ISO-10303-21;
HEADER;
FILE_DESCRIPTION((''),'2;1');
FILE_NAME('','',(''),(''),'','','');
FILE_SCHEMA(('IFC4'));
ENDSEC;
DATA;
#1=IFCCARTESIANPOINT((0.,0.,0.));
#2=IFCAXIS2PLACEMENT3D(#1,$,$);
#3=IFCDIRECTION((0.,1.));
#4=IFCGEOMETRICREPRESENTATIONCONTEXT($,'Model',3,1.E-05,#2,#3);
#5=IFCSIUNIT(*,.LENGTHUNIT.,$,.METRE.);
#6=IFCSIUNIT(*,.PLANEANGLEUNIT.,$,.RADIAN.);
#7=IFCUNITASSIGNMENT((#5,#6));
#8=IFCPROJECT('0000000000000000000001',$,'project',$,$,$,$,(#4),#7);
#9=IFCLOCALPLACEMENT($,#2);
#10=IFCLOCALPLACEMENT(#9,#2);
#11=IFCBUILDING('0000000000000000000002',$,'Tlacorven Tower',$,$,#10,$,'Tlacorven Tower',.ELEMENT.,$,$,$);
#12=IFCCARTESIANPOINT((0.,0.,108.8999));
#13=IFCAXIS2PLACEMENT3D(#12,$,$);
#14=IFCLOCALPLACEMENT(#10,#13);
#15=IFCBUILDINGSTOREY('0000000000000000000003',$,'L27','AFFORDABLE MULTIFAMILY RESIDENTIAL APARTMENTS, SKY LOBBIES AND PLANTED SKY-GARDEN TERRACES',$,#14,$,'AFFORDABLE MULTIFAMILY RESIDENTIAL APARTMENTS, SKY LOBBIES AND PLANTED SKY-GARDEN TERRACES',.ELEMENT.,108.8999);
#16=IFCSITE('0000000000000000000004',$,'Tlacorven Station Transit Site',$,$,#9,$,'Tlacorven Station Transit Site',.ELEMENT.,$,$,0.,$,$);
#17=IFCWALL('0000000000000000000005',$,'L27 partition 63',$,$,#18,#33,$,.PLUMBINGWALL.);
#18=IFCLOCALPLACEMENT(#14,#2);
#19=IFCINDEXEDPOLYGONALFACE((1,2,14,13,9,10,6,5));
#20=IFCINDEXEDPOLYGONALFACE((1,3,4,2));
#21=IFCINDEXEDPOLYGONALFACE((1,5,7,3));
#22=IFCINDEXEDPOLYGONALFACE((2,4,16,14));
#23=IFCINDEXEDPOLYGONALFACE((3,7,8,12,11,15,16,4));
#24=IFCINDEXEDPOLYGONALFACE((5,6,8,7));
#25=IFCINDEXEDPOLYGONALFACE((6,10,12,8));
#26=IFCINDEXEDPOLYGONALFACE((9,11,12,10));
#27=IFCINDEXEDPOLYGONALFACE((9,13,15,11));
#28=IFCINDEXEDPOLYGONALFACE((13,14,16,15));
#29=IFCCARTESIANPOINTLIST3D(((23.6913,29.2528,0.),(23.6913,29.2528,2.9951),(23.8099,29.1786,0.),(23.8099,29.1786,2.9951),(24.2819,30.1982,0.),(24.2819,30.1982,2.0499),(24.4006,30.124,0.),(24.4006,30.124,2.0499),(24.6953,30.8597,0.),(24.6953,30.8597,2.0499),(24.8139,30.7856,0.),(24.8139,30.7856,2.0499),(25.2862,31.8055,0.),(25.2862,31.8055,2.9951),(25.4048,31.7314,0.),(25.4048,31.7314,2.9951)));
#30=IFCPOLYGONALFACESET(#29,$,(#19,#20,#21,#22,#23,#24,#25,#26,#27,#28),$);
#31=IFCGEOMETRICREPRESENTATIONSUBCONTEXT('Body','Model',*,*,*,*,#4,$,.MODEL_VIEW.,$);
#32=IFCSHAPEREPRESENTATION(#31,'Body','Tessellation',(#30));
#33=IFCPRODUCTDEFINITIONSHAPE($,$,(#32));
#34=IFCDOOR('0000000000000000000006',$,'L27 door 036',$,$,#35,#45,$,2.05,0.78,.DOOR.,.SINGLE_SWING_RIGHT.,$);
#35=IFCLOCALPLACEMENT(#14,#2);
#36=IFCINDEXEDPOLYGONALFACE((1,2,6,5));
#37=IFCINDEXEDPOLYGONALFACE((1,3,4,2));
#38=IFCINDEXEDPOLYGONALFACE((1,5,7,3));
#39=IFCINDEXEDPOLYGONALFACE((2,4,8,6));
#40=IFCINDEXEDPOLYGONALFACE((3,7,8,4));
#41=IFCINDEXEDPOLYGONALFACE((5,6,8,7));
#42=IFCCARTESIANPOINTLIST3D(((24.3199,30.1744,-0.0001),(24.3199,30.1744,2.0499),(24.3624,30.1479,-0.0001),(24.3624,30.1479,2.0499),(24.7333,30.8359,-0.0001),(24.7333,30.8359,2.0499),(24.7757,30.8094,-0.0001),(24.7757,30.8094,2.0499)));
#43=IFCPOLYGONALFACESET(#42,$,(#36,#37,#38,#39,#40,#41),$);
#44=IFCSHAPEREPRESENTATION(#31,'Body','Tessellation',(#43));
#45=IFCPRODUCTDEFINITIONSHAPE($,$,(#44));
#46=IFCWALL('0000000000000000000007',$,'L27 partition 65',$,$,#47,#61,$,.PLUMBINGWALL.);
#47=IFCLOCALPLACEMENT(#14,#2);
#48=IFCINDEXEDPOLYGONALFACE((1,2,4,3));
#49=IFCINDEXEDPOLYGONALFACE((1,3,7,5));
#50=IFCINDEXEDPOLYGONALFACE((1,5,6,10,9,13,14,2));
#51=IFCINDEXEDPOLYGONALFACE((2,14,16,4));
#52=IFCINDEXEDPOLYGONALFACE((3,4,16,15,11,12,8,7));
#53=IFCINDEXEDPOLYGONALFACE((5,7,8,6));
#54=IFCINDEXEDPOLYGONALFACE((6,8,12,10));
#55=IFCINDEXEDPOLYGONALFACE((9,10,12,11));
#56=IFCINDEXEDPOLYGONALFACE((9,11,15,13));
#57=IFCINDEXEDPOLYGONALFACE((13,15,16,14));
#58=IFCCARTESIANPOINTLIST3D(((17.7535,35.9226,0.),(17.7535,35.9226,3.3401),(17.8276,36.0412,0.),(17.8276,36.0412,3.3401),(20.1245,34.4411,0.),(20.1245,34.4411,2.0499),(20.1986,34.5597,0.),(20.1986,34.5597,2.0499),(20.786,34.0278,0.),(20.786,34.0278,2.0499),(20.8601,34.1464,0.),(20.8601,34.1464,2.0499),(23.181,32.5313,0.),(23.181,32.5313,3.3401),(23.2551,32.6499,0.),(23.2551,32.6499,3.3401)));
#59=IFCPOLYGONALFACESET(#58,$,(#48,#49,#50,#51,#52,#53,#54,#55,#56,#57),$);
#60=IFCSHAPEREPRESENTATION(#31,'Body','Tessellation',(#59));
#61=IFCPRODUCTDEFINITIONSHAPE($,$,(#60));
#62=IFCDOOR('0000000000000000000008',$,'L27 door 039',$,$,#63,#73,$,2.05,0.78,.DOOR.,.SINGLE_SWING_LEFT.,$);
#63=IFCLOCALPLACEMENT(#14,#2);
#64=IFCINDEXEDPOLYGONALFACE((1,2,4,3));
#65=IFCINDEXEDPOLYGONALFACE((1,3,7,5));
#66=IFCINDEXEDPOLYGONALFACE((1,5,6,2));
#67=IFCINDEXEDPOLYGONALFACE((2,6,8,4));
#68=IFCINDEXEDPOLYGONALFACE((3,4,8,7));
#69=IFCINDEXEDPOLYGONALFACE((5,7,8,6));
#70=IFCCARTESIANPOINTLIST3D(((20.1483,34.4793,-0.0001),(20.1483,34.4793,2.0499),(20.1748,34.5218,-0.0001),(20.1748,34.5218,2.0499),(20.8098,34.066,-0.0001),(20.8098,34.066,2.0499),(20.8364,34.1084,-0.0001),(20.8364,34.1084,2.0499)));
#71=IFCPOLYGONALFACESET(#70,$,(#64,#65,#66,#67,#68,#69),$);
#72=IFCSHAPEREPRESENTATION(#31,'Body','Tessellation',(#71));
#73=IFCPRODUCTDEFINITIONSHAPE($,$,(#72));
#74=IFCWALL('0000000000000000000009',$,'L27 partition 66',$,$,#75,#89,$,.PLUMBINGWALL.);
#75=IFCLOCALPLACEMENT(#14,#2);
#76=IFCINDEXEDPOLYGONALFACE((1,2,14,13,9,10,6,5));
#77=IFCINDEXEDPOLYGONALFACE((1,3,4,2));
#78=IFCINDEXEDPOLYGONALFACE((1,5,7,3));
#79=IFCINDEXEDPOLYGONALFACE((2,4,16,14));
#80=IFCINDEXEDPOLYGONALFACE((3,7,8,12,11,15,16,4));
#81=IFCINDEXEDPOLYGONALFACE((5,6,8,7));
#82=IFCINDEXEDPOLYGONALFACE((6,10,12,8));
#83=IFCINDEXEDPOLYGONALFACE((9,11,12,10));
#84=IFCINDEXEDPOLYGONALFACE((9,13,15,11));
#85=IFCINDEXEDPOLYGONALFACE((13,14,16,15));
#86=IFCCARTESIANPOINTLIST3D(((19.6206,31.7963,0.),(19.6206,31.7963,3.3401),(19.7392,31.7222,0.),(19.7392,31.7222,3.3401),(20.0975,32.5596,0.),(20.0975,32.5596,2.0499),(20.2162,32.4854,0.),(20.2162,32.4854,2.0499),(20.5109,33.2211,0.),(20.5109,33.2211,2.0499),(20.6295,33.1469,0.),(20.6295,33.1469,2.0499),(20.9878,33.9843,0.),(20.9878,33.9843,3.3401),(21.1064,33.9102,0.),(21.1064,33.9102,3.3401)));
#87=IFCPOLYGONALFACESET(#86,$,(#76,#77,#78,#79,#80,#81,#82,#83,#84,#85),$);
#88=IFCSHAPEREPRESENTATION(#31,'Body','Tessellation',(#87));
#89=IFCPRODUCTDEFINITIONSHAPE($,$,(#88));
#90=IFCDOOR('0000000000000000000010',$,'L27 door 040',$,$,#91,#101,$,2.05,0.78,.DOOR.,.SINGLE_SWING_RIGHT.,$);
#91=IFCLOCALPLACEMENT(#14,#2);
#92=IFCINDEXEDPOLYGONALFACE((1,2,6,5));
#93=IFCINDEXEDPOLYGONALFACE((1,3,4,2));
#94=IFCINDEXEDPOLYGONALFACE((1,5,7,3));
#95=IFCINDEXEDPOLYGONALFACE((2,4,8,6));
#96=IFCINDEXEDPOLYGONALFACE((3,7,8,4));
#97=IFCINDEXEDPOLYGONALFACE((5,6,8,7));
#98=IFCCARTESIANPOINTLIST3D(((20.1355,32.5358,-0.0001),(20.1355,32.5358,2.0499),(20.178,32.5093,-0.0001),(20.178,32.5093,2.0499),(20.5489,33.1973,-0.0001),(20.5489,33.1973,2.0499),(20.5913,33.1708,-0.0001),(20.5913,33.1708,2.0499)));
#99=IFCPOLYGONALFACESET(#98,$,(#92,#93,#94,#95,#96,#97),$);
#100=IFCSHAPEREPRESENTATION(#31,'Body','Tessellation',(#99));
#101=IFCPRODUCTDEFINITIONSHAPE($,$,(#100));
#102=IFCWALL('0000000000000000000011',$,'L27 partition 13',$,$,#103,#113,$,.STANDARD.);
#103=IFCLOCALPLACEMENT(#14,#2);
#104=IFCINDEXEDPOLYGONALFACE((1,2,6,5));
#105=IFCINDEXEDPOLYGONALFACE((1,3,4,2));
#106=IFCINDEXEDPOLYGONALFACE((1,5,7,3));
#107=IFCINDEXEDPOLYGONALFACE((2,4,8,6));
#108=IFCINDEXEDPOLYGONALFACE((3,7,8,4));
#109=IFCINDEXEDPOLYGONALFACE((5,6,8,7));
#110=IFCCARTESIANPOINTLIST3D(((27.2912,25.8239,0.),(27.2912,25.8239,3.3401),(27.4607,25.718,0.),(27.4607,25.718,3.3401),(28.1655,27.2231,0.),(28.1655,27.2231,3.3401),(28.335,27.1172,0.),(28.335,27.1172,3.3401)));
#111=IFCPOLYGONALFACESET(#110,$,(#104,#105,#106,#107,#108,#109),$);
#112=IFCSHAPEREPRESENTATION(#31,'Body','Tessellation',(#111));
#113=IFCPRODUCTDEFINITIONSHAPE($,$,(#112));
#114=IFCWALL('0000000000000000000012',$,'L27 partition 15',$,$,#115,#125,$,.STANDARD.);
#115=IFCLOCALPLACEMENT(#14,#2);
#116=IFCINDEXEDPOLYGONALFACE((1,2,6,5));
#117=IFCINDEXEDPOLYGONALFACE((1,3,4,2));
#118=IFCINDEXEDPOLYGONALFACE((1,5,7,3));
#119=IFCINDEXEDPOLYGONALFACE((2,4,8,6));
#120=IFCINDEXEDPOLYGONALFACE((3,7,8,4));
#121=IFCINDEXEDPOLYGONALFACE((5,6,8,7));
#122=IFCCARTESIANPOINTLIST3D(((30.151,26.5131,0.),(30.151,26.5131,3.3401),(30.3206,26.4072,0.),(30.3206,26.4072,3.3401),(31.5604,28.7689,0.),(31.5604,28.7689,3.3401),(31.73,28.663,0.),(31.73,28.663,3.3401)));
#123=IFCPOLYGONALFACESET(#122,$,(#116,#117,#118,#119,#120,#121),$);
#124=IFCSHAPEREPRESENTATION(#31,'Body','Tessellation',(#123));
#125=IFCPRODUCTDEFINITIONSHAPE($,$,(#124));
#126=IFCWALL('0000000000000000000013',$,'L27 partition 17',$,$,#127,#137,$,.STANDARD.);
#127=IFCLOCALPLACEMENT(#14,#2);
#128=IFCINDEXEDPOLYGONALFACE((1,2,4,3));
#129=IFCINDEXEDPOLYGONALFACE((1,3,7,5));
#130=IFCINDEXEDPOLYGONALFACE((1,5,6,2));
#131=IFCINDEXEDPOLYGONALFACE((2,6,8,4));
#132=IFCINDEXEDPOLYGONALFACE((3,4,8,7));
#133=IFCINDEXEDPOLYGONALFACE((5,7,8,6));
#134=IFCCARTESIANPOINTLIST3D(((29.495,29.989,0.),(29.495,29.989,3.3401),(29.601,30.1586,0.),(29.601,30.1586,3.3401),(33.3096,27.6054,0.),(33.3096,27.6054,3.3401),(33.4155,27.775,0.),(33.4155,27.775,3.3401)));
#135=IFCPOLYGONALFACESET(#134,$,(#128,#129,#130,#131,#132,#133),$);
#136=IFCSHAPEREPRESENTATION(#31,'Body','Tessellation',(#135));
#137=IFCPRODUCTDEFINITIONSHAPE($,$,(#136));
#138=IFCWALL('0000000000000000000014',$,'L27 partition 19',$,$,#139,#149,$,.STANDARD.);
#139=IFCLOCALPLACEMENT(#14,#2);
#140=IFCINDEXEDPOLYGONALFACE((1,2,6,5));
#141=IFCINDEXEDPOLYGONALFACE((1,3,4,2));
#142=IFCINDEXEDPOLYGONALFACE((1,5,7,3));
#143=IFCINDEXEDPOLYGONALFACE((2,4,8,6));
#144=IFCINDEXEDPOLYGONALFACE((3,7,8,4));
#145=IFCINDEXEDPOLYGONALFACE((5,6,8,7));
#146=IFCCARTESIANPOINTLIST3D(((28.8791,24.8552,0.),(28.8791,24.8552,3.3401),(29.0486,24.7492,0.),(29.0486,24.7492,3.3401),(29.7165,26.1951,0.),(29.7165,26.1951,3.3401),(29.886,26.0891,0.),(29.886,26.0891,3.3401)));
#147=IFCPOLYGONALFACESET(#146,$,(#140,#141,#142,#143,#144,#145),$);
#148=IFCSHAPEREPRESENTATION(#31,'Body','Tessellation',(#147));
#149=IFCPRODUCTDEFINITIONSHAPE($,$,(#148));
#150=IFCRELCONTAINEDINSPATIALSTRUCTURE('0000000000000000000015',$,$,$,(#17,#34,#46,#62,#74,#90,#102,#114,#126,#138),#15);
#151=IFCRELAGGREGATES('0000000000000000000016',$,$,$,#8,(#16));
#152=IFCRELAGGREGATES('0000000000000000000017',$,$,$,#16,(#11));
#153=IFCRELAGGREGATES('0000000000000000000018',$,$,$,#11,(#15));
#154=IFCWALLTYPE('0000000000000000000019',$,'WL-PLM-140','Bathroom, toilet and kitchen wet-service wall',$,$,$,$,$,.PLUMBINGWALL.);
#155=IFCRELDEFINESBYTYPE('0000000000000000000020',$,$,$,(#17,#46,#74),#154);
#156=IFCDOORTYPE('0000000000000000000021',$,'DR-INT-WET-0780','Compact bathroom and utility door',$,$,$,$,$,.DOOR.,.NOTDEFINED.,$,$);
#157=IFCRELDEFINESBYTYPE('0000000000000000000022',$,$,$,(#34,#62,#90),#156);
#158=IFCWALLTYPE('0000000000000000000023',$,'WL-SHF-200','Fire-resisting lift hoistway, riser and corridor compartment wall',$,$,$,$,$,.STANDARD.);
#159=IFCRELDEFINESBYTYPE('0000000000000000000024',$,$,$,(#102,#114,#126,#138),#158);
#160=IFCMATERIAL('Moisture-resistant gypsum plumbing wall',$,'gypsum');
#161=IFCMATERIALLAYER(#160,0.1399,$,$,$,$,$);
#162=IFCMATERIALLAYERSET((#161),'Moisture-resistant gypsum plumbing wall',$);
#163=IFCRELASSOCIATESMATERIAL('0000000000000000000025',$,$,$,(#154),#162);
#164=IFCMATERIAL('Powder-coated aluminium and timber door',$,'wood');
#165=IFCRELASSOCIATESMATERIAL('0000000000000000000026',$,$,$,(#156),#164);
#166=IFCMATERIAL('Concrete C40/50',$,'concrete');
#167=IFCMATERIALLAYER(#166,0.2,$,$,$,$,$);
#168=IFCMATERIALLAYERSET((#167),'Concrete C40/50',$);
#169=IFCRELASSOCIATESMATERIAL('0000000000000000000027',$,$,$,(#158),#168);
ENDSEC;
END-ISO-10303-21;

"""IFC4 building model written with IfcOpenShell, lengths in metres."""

from ifc_helpers import new_model, si_unit, direction, frame, frame_2d, origin, place, context, subcontext, project, spatial, rectangle, extrude, source, transform, mapped, material, layer, layer_set, type_object, element, fill, save


model = new_model("IFC4")

# Units and contexts
model_context = context("Model", 3, precision=1e-05, world=origin(), true_north=direction((0.0, 1.0)))
body_context = subcontext(model_context, "Body", "Model", "MODEL_VIEW")
ifc_project = project(units=[si_unit("LENGTHUNIT", "METRE"), si_unit("PLANEANGLEUNIT", "RADIAN")], contexts=[model_context])

# Site, building, storey
site_placement = place(None, origin())
site = spatial("IfcSite", under=ifc_project, at=site_placement, Name="Tlacorven Station Transit Site", LongName="Tlacorven Station Transit Site", CompositionType="ELEMENT", RefElevation=0.0)
building_placement = place(site_placement, origin())
building = spatial("IfcBuilding", under=site, at=building_placement, Name="Tlacorven Tower", LongName="Tlacorven Tower", CompositionType="ELEMENT")
storey_placement = place(building_placement, frame((0.0, 0.0, 108.8999)))
storey = spatial("IfcBuildingStorey", under=building, at=storey_placement, Name="L27", Description="AFFORDABLE MULTIFAMILY RESIDENTIAL APARTMENTS, SKY LOBBIES AND PLANTED SKY-GARDEN TERRACES", LongName="AFFORDABLE MULTIFAMILY RESIDENTIAL APARTMENTS, SKY LOBBIES AND PLANTED SKY-GARDEN TERRACES", CompositionType="ELEMENT", Elevation=108.8999)

# Walls, openings, doors
ifc_material_1 = material(Name="Moisture-resistant gypsum plumbing wall", Category="gypsum")
ifc_layer_1 = layer(ifc_material_1, 0.1399)
ifc_layer_set_1 = layer_set([ifc_layer_1], Name="Moisture-resistant gypsum plumbing wall")
wall_type_1 = type_object("IfcWallType", Name="WL-PLM-140", Description="Bathroom, toilet and kitchen wet-service wall", PredefinedType="PLUMBINGWALL", material=ifc_layer_set_1)
ifc_material_2 = material(Name="Powder-coated aluminium and timber door", Category="wood")
wall_1_placement = place(storey_placement, frame((25.3455, 31.7683, 0.0), z_axis=(0.0, 0.0, 1.0), x_axis=(-0.529882, -0.848071, 0.0)))
wall_1 = element("IfcWall", 1, at=wall_1_placement, inside=storey, type_object=wall_type_1, Name="L27 partition 63", PredefinedType="PLUMBINGWALL", context=body_context, shape_type="SweptSolid", body=[
    extrude(rectangle(XDim=3.01, YDim=0.1399, at=frame_2d((1.5049, 0.0))), origin(), (0.0, 0.0, 1.0), 2.9951),
])
opening_1_placement = place(wall_1_placement, frame((1.115, 0.0, 0.0)))
opening_1 = element("IfcOpeningElement", 2, at=opening_1_placement, cuts=wall_1, PredefinedType="OPENING", context=body_context, shape_type="SweptSolid", body=[
    extrude(rectangle(XDim=0.78, YDim=2.05, at=frame_2d((0.3901, 1.0249))), frame((0.0, 0.0801, 0.0), z_axis=(0.0, -1.0, 0.0), x_axis=(1.0, 0.0, 0.0)), (0.0, 0.0, 1.0), 0.1599),
])
door_type_1 = type_object("IfcDoorType", Name="DR-INT-WET-0780", Description="Compact bathroom and utility door", OperationType="NOTDEFINED", PredefinedType="DOOR", material=ifc_material_2)
shared_shape_1 = source(origin(), body_context, "Body", "SweptSolid", [
    extrude(rectangle(XDim=0.78, YDim=2.05, at=frame_2d((0.3901, 1.0249))), frame((0.0, 0.0249, 0.0), z_axis=(0.0, -1.0, 0.0), x_axis=(1.0, 0.0, 0.0)), (0.0, 0.0, 1.0), 0.05),
])
door_1_placement = place(opening_1_placement, origin())
door_1 = element("IfcDoor", 3, at=door_1_placement, inside=storey, type_object=door_type_1, Name="L27 door 036", OperationType="SINGLE_SWING_RIGHT", OverallHeight=2.05, OverallWidth=0.78, PredefinedType="DOOR", context=body_context, shape_type="MappedRepresentation", body=[
    mapped(shared_shape_1, transform((0.0, 0.0, 0.0), scale=1.0)),
])
fill(opening_1, door_1)
wall_2_placement = place(storey_placement, frame((23.218, 32.5906, 0.0), z_axis=(0.0, 0.0, 1.0), x_axis=(-0.848056, 0.529906, 0.0)))
wall_2 = element("IfcWall", 4, at=wall_2_placement, inside=storey, type_object=wall_type_1, Name="L27 partition 65", PredefinedType="PLUMBINGWALL", context=body_context, shape_type="SweptSolid", body=[
    extrude(rectangle(XDim=6.3999, YDim=0.1399, at=frame_2d((3.2, 0.0))), origin(), (0.0, 0.0, 1.0), 3.3401),
])
opening_2_placement = place(wall_2_placement, frame((2.824, 0.0, 0.0)))
opening_2 = element("IfcOpeningElement", 5, at=opening_2_placement, cuts=wall_2, PredefinedType="OPENING", context=body_context, shape_type="SweptSolid", body=[
    extrude(rectangle(XDim=0.78, YDim=2.05, at=frame_2d((0.3901, 1.0249))), frame((0.0, 0.0801, 0.0), z_axis=(0.0, -1.0, 0.0), x_axis=(1.0, 0.0, 0.0)), (0.0, 0.0, 1.0), 0.1599),
])
door_2_placement = place(opening_2_placement, origin())
door_2 = element("IfcDoor", 6, at=door_2_placement, inside=storey, type_object=door_type_1, Name="L27 door 039", OperationType="SINGLE_SWING_LEFT", OverallHeight=2.05, OverallWidth=0.78, PredefinedType="DOOR", context=body_context, shape_type="MappedRepresentation", body=[
    mapped(shared_shape_1, transform((0.0, 0.0, 0.0), scale=1.0)),
])
fill(opening_2, door_2)
wall_3_placement = place(storey_placement, frame((21.0471, 33.9473, 0.0), z_axis=(0.0, 0.0, 1.0), x_axis=(-0.529914, -0.848051, 0.0)))
wall_3 = element("IfcWall", 7, at=wall_3_placement, inside=storey, type_object=wall_type_1, Name="L27 partition 66", PredefinedType="PLUMBINGWALL", context=body_context, shape_type="SweptSolid", body=[
    extrude(rectangle(XDim=2.5801, YDim=0.1399, at=frame_2d((1.29, 0.0))), origin(), (0.0, 0.0, 1.0), 3.3401),
])
opening_3_placement = place(wall_3_placement, frame((0.8999, 0.0, 0.0)))
opening_3 = element("IfcOpeningElement", 8, at=opening_3_placement, cuts=wall_3, PredefinedType="OPENING", context=body_context, shape_type="SweptSolid", body=[
    extrude(rectangle(XDim=0.78, YDim=2.05, at=frame_2d((0.3901, 1.0249))), frame((0.0, 0.0801, 0.0), z_axis=(0.0, -1.0, 0.0), x_axis=(1.0, 0.0, 0.0)), (0.0, 0.0, 1.0), 0.1599),
])
door_3_placement = place(opening_3_placement, origin())
door_3 = element("IfcDoor", 9, at=door_3_placement, inside=storey, type_object=door_type_1, Name="L27 door 040", OperationType="SINGLE_SWING_RIGHT", OverallHeight=2.05, OverallWidth=0.78, PredefinedType="DOOR", context=body_context, shape_type="MappedRepresentation", body=[
    mapped(shared_shape_1, transform((0.0, 0.0, 0.0), scale=1.0)),
])
fill(opening_3, door_3)

# Walls
ifc_material_3 = material(Name="Concrete C40/50", Category="concrete")
ifc_layer_2 = layer(ifc_material_3, 0.2)
ifc_layer_set_2 = layer_set([ifc_layer_2], Name="Concrete C40/50")
wall_type_2 = type_object("IfcWallType", Name="WL-SHF-200", Description="Fire-resisting lift hoistway, riser and corridor compartment wall", PredefinedType="STANDARD", material=ifc_layer_set_2)
wall_4_placement = place(storey_placement, frame((28.2502, 27.1702, 0.0), z_axis=(0.0, 0.0, 1.0), x_axis=(-0.529906, -0.848056, 0.0)))
element("IfcWall", 10, at=wall_4_placement, inside=storey, type_object=wall_type_2, Name="L27 partition 13", PredefinedType="STANDARD", context=body_context, shape_type="SweptSolid", body=[
    extrude(rectangle(XDim=1.6499, YDim=0.2, at=frame_2d((0.825, 0.0))), origin(), (0.0, 0.0, 1.0), 3.3401),
])
wall_5_placement = place(storey_placement, frame((31.6453, 28.7161, 0.0), z_axis=(0.0, 0.0, 1.0), x_axis=(-0.529867, -0.848081, 0.0)))
element("IfcWall", 11, at=wall_5_placement, inside=storey, type_object=wall_type_2, Name="L27 partition 15", PredefinedType="STANDARD", context=body_context, shape_type="SweptSolid", body=[
    extrude(rectangle(XDim=2.6599, YDim=0.2, at=frame_2d((1.3301, 0.0))), origin(), (0.0, 0.0, 1.0), 3.3401),
])
wall_6_placement = place(storey_placement, frame((33.3625, 27.6902, 0.0), z_axis=(0.0, 0.0, 1.0), x_axis=(-0.848047, 0.529921, 0.0)))
element("IfcWall", 12, at=wall_6_placement, inside=storey, type_object=wall_type_2, Name="L27 partition 17", PredefinedType="STANDARD", context=body_context, shape_type="SweptSolid", body=[
    extrude(rectangle(XDim=4.498, YDim=0.2, at=frame_2d((2.249, 0.0))), origin(), (0.0, 0.0, 1.0), 3.3401),
])
wall_7_placement = place(storey_placement, frame((29.8013, 26.1421, 0.0), z_axis=(0.0, 0.0, 1.0), x_axis=(-0.529999, -0.847998, 0.0)))
element("IfcWall", 13, at=wall_7_placement, inside=storey, type_object=wall_type_2, Name="L27 partition 19", PredefinedType="STANDARD", context=body_context, shape_type="SweptSolid", body=[
    extrude(rectangle(XDim=1.5801, YDim=0.2, at=frame_2d((0.79, 0.0))), origin(), (0.0, 0.0, 1.0), 3.3401),
])

save(model, "model.ifc")
